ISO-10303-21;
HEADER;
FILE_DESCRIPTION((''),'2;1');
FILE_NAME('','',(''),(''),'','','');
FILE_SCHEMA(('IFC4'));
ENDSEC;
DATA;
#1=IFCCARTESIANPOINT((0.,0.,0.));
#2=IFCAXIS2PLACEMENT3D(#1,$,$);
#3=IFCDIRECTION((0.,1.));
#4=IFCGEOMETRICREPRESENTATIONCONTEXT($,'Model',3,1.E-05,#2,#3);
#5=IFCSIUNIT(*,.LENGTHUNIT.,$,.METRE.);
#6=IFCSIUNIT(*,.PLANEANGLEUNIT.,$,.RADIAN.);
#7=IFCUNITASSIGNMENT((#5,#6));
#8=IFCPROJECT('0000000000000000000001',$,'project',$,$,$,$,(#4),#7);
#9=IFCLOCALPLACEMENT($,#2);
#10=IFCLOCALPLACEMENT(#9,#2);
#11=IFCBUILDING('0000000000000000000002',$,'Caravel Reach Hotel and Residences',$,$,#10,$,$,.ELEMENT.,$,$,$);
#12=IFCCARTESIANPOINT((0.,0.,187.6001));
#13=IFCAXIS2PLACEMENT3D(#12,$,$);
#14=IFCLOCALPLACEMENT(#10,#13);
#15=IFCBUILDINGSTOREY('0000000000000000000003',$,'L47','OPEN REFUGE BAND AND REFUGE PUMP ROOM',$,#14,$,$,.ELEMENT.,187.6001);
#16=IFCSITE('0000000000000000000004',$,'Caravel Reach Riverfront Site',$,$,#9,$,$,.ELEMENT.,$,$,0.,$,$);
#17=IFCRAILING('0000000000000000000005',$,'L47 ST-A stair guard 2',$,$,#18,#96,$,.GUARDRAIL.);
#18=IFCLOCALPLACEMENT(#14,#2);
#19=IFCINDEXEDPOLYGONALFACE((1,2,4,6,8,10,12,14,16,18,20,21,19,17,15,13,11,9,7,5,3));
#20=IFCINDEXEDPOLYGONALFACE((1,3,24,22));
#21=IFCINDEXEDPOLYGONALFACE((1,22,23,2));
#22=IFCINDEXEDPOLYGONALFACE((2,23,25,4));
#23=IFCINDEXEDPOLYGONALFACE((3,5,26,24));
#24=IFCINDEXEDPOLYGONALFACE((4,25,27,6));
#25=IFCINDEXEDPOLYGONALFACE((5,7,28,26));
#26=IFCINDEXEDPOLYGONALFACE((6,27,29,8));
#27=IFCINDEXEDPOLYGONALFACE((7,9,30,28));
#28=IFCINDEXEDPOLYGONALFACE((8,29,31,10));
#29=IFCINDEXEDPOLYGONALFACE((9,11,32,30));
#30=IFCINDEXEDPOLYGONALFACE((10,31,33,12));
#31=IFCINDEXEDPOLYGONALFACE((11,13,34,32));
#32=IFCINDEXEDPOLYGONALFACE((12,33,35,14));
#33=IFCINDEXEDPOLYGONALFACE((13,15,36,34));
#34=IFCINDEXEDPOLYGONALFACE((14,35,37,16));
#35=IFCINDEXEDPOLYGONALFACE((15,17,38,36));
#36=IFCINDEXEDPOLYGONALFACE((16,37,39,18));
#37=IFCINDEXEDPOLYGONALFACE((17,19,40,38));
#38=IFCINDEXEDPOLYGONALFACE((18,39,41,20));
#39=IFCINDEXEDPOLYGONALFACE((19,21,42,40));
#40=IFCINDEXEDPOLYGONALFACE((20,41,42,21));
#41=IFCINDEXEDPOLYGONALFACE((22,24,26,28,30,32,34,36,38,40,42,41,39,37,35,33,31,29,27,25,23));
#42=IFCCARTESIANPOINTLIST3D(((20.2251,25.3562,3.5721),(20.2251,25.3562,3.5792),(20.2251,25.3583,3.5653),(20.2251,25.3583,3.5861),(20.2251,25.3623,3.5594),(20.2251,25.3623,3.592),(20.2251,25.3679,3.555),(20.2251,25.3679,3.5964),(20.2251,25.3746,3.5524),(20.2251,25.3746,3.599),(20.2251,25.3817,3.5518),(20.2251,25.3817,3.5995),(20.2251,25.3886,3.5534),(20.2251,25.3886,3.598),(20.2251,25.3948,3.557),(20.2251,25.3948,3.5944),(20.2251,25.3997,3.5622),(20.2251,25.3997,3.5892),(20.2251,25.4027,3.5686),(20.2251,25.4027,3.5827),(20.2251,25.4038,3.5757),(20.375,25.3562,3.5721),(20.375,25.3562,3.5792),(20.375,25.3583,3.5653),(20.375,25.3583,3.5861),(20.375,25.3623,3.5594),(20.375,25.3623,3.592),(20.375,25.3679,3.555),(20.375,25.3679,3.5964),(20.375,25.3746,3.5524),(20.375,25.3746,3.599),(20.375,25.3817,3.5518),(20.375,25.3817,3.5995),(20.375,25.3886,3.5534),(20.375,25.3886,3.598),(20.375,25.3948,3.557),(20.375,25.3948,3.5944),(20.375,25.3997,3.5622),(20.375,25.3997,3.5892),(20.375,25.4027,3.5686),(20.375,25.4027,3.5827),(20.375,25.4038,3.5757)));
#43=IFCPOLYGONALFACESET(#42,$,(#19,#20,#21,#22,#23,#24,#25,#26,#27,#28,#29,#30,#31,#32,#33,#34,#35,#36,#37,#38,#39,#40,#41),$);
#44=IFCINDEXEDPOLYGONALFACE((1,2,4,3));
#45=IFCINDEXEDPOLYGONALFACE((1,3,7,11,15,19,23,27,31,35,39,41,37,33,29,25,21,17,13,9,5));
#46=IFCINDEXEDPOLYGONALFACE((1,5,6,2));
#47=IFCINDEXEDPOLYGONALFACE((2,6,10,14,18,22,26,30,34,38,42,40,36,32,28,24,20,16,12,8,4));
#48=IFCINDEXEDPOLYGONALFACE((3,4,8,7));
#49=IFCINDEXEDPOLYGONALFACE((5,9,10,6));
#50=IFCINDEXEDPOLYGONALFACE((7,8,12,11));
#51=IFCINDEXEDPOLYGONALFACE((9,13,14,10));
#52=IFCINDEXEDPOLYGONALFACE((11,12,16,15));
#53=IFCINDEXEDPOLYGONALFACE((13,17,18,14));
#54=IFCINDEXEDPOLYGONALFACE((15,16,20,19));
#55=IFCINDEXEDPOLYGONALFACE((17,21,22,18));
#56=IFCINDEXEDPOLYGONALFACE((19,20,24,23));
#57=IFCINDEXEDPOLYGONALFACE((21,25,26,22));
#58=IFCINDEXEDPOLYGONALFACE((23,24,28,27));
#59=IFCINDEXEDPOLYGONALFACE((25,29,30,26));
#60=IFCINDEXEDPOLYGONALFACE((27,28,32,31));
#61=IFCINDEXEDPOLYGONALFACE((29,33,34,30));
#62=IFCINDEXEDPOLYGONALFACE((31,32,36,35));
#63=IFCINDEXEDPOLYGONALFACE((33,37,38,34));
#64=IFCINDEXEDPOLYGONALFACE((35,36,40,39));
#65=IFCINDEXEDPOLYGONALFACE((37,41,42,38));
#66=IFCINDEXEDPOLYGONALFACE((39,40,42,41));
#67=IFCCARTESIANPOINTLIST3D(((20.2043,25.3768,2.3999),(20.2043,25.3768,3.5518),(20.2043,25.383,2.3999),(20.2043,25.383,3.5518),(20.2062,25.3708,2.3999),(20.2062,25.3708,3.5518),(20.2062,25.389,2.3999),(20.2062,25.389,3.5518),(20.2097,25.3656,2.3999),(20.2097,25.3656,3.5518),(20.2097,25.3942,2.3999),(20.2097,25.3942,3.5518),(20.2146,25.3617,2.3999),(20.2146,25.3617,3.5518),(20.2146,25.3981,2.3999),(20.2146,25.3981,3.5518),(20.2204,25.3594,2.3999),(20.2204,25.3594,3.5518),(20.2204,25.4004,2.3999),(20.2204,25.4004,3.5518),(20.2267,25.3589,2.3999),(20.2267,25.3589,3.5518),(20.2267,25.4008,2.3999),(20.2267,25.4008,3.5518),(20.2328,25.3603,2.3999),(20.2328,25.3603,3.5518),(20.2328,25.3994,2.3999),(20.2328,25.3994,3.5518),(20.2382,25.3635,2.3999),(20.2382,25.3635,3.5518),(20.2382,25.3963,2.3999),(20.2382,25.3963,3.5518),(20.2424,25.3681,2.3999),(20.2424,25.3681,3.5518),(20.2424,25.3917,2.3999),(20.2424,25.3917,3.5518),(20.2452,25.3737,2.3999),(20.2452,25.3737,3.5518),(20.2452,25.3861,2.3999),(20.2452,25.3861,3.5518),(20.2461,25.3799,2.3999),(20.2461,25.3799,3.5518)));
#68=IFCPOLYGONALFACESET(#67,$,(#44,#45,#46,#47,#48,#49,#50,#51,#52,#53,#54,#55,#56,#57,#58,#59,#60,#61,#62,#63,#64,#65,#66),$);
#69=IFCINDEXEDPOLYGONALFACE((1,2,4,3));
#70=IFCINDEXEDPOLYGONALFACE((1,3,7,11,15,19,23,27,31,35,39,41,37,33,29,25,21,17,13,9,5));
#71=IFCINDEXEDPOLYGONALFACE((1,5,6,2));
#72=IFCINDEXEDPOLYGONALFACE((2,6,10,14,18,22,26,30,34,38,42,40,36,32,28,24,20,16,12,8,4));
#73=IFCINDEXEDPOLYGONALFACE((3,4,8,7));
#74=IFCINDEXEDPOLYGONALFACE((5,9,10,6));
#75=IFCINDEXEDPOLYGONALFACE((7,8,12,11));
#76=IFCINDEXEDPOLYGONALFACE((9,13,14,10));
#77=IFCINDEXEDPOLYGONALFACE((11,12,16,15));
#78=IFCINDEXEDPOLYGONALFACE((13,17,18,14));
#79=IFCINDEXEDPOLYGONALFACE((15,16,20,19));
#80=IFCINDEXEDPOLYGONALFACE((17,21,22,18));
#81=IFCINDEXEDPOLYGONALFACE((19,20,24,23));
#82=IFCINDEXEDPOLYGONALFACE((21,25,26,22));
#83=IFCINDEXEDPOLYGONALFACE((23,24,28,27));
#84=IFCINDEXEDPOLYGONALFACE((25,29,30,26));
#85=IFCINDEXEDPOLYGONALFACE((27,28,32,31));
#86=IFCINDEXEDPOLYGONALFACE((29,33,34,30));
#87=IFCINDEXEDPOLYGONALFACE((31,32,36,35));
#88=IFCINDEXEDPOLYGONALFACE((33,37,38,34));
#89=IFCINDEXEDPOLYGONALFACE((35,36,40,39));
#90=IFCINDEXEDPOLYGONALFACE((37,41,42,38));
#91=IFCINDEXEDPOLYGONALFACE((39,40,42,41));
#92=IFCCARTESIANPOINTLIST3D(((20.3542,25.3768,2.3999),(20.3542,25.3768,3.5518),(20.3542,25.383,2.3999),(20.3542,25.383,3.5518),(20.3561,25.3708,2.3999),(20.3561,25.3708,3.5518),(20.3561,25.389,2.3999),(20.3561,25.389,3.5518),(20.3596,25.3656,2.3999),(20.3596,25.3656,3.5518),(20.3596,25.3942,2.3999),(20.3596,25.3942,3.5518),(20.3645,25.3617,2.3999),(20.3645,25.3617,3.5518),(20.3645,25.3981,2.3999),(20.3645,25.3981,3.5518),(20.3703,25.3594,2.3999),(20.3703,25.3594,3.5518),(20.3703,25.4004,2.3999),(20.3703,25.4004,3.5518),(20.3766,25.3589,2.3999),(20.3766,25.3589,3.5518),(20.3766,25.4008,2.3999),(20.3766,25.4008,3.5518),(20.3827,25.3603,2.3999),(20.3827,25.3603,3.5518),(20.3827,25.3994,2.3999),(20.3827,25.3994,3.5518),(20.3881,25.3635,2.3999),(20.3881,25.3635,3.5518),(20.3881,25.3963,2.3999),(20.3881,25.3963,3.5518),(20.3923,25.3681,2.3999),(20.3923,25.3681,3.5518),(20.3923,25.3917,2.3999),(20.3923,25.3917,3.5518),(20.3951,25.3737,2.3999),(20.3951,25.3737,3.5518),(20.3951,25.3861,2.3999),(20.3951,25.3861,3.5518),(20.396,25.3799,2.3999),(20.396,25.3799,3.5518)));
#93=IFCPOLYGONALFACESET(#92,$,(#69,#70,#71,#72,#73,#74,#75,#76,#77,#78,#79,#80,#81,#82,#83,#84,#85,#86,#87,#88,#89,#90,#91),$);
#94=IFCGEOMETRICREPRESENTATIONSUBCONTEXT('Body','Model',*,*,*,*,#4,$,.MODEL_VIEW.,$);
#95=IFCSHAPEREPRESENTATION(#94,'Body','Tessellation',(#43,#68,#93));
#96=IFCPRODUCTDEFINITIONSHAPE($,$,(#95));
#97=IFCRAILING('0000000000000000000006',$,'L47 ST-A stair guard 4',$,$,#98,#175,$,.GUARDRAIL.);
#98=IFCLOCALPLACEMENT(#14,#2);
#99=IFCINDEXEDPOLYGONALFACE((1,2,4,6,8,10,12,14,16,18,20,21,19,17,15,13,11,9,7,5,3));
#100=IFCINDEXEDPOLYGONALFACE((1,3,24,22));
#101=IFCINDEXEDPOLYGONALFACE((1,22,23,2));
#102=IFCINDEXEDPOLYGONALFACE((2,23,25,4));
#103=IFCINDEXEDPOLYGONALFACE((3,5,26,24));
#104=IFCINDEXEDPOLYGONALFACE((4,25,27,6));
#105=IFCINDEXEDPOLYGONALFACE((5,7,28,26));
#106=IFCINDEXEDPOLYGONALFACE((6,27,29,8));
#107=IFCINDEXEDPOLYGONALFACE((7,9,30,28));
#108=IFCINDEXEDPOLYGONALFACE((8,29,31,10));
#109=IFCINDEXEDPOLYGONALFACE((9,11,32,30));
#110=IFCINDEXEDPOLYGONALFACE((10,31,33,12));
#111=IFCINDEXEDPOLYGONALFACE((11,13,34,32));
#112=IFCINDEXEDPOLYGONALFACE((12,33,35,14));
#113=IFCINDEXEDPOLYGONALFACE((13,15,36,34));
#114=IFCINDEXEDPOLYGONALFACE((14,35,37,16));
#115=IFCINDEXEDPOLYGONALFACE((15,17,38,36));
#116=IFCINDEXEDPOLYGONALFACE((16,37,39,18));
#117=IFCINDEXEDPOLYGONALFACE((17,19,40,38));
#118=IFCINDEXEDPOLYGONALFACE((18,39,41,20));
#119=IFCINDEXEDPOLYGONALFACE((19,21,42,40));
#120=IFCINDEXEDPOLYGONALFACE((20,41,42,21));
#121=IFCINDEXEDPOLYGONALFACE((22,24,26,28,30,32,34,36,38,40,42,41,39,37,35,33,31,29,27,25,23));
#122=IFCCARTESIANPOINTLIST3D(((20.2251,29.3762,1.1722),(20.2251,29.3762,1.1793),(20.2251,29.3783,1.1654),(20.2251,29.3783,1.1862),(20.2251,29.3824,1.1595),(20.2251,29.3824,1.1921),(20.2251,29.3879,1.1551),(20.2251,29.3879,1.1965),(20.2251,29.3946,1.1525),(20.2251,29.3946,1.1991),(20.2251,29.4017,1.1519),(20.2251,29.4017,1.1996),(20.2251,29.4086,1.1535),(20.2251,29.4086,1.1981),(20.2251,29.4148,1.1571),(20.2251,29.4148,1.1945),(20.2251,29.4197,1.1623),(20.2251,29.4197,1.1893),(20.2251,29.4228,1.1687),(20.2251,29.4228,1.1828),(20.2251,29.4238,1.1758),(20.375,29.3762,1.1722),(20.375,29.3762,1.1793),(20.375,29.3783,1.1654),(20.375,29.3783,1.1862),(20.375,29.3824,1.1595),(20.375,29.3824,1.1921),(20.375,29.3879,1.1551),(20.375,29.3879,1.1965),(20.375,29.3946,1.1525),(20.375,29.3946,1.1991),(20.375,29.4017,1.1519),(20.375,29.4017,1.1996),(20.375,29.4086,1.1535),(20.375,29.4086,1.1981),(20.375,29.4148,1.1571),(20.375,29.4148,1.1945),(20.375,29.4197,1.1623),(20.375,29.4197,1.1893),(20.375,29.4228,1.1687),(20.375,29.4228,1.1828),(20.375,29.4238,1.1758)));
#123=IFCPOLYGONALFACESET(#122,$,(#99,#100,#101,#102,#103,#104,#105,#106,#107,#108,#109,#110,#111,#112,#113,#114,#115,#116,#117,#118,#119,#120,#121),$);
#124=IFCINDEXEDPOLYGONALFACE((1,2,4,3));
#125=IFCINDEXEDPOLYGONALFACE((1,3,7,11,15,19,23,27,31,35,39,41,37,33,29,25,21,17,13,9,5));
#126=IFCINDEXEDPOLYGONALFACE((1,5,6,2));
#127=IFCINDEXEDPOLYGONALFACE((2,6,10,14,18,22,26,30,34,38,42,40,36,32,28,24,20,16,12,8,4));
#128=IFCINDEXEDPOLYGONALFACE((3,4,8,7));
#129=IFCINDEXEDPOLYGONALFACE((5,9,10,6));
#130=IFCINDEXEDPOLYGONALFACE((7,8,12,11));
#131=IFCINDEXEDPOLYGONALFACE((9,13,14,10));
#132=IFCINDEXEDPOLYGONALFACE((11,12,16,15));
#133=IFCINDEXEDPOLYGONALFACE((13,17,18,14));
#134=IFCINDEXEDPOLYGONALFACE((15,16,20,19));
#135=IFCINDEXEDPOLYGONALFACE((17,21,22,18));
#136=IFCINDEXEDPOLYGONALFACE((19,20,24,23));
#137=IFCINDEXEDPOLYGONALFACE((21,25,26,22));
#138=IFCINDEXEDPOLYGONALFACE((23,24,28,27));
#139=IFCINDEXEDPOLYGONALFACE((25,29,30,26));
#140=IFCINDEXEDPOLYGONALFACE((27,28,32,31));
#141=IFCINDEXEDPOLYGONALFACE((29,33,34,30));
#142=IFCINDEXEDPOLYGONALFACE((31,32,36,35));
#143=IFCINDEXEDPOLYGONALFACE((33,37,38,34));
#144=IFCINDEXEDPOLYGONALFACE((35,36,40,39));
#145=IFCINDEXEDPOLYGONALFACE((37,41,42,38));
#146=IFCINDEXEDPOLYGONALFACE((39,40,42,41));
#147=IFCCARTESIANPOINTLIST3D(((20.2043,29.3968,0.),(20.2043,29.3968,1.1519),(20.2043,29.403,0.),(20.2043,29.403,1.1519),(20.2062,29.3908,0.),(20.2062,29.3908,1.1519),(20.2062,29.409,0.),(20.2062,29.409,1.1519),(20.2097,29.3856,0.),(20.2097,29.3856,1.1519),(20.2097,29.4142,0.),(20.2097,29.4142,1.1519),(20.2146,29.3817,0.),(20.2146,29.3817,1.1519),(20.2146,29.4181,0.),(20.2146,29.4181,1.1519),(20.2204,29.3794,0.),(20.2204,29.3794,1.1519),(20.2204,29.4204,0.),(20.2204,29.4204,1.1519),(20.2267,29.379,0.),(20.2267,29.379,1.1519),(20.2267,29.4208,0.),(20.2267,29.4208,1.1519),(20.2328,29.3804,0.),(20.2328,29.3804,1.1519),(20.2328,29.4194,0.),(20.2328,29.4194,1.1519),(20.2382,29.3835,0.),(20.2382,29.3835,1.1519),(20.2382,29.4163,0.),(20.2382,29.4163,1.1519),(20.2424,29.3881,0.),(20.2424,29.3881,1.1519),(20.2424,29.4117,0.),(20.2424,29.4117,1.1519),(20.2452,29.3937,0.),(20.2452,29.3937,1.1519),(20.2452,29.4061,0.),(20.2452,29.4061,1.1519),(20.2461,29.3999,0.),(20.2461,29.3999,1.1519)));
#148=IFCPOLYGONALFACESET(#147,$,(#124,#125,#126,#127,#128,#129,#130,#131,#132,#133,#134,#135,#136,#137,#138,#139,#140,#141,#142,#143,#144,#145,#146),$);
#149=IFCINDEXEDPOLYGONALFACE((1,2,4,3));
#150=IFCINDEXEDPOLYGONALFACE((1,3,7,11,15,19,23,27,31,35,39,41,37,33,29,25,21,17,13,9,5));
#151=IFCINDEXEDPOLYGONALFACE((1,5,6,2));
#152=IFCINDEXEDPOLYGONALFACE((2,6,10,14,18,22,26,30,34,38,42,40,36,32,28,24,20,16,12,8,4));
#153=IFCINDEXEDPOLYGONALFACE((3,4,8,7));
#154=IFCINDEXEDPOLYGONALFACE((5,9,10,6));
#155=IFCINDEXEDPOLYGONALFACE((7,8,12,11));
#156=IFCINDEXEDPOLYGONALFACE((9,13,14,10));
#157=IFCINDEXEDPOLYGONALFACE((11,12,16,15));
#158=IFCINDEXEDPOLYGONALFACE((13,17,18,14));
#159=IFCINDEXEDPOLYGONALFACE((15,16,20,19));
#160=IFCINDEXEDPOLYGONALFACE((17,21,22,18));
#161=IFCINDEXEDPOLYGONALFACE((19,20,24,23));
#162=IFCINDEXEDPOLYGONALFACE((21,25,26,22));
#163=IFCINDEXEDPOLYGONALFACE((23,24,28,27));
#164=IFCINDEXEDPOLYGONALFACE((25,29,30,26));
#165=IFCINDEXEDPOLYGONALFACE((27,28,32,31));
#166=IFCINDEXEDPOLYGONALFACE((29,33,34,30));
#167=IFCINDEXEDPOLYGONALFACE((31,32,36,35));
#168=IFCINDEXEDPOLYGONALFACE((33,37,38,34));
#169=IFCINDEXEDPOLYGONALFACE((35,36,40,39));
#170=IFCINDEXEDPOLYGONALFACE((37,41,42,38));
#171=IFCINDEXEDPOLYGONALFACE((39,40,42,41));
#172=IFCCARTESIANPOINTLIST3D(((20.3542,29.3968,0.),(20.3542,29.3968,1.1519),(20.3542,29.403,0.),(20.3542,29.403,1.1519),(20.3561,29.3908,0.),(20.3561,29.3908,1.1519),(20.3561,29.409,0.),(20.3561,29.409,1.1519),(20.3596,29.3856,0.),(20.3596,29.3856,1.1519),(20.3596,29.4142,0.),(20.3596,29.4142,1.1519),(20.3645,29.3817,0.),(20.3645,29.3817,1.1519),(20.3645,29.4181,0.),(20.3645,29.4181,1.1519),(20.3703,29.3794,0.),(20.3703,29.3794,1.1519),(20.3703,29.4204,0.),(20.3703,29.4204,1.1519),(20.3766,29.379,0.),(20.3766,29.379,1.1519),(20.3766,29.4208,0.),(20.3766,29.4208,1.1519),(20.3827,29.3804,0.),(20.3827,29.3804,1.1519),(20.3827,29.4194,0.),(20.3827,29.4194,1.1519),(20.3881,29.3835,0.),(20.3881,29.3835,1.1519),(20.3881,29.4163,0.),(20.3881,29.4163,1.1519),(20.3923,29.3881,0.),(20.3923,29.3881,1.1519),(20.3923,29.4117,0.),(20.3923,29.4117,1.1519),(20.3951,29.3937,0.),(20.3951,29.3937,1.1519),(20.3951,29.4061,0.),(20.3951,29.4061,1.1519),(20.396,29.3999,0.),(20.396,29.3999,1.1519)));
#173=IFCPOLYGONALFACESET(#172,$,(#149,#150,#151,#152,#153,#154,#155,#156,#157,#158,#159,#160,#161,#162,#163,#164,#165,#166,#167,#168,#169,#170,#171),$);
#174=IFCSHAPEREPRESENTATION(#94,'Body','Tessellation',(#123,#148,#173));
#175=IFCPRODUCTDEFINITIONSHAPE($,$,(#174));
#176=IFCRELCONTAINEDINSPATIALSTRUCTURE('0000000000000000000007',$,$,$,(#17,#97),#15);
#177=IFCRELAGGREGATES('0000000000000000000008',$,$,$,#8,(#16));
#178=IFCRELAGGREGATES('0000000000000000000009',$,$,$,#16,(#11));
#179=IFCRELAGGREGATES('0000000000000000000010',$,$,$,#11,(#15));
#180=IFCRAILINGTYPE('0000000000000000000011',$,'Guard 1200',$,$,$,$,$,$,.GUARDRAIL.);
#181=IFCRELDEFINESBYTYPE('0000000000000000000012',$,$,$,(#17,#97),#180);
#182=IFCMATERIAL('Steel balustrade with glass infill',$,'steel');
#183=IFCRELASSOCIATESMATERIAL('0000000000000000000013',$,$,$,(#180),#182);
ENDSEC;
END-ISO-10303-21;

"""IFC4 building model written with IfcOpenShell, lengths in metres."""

from ifc_helpers import new_model, si_unit, direction, frame, origin, origin_2d, place, context, subcontext, project, spatial, circle, extrude, material, type_object, element, save


model = new_model("IFC4")

# Units and contexts
model_context = context("Model", 3, precision=1e-05, world=origin(), true_north=direction((0.0, 1.0)))
body_context = subcontext(model_context, "Body", "Model", "MODEL_VIEW")
ifc_project = project(units=[si_unit("LENGTHUNIT", "METRE"), si_unit("PLANEANGLEUNIT", "RADIAN")], contexts=[model_context])

# Site, building, storey
site_placement = place(None, origin())
site = spatial("IfcSite", under=ifc_project, at=site_placement, Name="Caravel Reach Riverfront Site", CompositionType="ELEMENT", RefElevation=0.0)
building_placement = place(site_placement, origin())
building = spatial("IfcBuilding", under=site, at=building_placement, Name="Caravel Reach Hotel and Residences", CompositionType="ELEMENT")
storey_placement = place(building_placement, frame((0.0, 0.0, 187.6001)))
storey = spatial("IfcBuildingStorey", under=building, at=storey_placement, Name="L47", Description="OPEN REFUGE BAND AND REFUGE PUMP ROOM", CompositionType="ELEMENT", Elevation=187.6001)

# Railings
ifc_material_1 = material(Name="Steel balustrade with glass infill", Category="steel")
railing_type_1 = type_object("IfcRailingType", Name="Guard 1200", PredefinedType="GUARDRAIL", material=ifc_material_1)
for number, where, name in (
    (1, (20.2251, 25.3799, 2.3999), "L47 ST-A stair guard 2"),
    (2, (20.2251, 29.3999, 0.0), "L47 ST-A stair guard 4"),
):
    element("IfcRailing", number, at=place(storey_placement, frame(where)), inside=storey, type_object=railing_type_1, Name=name, PredefinedType="GUARDRAIL", context=body_context, shape_type="SweptSolid", body=[
        extrude(circle(Radius=0.0239, at=origin_2d()), frame((0.0, 0.0, 1.1758), z_axis=(1.0, 0.0, 0.0), x_axis=(0.0, 1.0, 0.0)), (0.0, 0.0, 1.0), 0.1499),
        extrude(circle(Radius=0.021, at=origin_2d()), origin(), (0.0, 0.0, 1.0), 1.1519),
        extrude(circle(Radius=0.021, at=origin_2d()), frame((0.1499, 0.0, 0.0)), (0.0, 0.0, 1.0), 1.1519),
    ])

save(model, "model.ifc")
